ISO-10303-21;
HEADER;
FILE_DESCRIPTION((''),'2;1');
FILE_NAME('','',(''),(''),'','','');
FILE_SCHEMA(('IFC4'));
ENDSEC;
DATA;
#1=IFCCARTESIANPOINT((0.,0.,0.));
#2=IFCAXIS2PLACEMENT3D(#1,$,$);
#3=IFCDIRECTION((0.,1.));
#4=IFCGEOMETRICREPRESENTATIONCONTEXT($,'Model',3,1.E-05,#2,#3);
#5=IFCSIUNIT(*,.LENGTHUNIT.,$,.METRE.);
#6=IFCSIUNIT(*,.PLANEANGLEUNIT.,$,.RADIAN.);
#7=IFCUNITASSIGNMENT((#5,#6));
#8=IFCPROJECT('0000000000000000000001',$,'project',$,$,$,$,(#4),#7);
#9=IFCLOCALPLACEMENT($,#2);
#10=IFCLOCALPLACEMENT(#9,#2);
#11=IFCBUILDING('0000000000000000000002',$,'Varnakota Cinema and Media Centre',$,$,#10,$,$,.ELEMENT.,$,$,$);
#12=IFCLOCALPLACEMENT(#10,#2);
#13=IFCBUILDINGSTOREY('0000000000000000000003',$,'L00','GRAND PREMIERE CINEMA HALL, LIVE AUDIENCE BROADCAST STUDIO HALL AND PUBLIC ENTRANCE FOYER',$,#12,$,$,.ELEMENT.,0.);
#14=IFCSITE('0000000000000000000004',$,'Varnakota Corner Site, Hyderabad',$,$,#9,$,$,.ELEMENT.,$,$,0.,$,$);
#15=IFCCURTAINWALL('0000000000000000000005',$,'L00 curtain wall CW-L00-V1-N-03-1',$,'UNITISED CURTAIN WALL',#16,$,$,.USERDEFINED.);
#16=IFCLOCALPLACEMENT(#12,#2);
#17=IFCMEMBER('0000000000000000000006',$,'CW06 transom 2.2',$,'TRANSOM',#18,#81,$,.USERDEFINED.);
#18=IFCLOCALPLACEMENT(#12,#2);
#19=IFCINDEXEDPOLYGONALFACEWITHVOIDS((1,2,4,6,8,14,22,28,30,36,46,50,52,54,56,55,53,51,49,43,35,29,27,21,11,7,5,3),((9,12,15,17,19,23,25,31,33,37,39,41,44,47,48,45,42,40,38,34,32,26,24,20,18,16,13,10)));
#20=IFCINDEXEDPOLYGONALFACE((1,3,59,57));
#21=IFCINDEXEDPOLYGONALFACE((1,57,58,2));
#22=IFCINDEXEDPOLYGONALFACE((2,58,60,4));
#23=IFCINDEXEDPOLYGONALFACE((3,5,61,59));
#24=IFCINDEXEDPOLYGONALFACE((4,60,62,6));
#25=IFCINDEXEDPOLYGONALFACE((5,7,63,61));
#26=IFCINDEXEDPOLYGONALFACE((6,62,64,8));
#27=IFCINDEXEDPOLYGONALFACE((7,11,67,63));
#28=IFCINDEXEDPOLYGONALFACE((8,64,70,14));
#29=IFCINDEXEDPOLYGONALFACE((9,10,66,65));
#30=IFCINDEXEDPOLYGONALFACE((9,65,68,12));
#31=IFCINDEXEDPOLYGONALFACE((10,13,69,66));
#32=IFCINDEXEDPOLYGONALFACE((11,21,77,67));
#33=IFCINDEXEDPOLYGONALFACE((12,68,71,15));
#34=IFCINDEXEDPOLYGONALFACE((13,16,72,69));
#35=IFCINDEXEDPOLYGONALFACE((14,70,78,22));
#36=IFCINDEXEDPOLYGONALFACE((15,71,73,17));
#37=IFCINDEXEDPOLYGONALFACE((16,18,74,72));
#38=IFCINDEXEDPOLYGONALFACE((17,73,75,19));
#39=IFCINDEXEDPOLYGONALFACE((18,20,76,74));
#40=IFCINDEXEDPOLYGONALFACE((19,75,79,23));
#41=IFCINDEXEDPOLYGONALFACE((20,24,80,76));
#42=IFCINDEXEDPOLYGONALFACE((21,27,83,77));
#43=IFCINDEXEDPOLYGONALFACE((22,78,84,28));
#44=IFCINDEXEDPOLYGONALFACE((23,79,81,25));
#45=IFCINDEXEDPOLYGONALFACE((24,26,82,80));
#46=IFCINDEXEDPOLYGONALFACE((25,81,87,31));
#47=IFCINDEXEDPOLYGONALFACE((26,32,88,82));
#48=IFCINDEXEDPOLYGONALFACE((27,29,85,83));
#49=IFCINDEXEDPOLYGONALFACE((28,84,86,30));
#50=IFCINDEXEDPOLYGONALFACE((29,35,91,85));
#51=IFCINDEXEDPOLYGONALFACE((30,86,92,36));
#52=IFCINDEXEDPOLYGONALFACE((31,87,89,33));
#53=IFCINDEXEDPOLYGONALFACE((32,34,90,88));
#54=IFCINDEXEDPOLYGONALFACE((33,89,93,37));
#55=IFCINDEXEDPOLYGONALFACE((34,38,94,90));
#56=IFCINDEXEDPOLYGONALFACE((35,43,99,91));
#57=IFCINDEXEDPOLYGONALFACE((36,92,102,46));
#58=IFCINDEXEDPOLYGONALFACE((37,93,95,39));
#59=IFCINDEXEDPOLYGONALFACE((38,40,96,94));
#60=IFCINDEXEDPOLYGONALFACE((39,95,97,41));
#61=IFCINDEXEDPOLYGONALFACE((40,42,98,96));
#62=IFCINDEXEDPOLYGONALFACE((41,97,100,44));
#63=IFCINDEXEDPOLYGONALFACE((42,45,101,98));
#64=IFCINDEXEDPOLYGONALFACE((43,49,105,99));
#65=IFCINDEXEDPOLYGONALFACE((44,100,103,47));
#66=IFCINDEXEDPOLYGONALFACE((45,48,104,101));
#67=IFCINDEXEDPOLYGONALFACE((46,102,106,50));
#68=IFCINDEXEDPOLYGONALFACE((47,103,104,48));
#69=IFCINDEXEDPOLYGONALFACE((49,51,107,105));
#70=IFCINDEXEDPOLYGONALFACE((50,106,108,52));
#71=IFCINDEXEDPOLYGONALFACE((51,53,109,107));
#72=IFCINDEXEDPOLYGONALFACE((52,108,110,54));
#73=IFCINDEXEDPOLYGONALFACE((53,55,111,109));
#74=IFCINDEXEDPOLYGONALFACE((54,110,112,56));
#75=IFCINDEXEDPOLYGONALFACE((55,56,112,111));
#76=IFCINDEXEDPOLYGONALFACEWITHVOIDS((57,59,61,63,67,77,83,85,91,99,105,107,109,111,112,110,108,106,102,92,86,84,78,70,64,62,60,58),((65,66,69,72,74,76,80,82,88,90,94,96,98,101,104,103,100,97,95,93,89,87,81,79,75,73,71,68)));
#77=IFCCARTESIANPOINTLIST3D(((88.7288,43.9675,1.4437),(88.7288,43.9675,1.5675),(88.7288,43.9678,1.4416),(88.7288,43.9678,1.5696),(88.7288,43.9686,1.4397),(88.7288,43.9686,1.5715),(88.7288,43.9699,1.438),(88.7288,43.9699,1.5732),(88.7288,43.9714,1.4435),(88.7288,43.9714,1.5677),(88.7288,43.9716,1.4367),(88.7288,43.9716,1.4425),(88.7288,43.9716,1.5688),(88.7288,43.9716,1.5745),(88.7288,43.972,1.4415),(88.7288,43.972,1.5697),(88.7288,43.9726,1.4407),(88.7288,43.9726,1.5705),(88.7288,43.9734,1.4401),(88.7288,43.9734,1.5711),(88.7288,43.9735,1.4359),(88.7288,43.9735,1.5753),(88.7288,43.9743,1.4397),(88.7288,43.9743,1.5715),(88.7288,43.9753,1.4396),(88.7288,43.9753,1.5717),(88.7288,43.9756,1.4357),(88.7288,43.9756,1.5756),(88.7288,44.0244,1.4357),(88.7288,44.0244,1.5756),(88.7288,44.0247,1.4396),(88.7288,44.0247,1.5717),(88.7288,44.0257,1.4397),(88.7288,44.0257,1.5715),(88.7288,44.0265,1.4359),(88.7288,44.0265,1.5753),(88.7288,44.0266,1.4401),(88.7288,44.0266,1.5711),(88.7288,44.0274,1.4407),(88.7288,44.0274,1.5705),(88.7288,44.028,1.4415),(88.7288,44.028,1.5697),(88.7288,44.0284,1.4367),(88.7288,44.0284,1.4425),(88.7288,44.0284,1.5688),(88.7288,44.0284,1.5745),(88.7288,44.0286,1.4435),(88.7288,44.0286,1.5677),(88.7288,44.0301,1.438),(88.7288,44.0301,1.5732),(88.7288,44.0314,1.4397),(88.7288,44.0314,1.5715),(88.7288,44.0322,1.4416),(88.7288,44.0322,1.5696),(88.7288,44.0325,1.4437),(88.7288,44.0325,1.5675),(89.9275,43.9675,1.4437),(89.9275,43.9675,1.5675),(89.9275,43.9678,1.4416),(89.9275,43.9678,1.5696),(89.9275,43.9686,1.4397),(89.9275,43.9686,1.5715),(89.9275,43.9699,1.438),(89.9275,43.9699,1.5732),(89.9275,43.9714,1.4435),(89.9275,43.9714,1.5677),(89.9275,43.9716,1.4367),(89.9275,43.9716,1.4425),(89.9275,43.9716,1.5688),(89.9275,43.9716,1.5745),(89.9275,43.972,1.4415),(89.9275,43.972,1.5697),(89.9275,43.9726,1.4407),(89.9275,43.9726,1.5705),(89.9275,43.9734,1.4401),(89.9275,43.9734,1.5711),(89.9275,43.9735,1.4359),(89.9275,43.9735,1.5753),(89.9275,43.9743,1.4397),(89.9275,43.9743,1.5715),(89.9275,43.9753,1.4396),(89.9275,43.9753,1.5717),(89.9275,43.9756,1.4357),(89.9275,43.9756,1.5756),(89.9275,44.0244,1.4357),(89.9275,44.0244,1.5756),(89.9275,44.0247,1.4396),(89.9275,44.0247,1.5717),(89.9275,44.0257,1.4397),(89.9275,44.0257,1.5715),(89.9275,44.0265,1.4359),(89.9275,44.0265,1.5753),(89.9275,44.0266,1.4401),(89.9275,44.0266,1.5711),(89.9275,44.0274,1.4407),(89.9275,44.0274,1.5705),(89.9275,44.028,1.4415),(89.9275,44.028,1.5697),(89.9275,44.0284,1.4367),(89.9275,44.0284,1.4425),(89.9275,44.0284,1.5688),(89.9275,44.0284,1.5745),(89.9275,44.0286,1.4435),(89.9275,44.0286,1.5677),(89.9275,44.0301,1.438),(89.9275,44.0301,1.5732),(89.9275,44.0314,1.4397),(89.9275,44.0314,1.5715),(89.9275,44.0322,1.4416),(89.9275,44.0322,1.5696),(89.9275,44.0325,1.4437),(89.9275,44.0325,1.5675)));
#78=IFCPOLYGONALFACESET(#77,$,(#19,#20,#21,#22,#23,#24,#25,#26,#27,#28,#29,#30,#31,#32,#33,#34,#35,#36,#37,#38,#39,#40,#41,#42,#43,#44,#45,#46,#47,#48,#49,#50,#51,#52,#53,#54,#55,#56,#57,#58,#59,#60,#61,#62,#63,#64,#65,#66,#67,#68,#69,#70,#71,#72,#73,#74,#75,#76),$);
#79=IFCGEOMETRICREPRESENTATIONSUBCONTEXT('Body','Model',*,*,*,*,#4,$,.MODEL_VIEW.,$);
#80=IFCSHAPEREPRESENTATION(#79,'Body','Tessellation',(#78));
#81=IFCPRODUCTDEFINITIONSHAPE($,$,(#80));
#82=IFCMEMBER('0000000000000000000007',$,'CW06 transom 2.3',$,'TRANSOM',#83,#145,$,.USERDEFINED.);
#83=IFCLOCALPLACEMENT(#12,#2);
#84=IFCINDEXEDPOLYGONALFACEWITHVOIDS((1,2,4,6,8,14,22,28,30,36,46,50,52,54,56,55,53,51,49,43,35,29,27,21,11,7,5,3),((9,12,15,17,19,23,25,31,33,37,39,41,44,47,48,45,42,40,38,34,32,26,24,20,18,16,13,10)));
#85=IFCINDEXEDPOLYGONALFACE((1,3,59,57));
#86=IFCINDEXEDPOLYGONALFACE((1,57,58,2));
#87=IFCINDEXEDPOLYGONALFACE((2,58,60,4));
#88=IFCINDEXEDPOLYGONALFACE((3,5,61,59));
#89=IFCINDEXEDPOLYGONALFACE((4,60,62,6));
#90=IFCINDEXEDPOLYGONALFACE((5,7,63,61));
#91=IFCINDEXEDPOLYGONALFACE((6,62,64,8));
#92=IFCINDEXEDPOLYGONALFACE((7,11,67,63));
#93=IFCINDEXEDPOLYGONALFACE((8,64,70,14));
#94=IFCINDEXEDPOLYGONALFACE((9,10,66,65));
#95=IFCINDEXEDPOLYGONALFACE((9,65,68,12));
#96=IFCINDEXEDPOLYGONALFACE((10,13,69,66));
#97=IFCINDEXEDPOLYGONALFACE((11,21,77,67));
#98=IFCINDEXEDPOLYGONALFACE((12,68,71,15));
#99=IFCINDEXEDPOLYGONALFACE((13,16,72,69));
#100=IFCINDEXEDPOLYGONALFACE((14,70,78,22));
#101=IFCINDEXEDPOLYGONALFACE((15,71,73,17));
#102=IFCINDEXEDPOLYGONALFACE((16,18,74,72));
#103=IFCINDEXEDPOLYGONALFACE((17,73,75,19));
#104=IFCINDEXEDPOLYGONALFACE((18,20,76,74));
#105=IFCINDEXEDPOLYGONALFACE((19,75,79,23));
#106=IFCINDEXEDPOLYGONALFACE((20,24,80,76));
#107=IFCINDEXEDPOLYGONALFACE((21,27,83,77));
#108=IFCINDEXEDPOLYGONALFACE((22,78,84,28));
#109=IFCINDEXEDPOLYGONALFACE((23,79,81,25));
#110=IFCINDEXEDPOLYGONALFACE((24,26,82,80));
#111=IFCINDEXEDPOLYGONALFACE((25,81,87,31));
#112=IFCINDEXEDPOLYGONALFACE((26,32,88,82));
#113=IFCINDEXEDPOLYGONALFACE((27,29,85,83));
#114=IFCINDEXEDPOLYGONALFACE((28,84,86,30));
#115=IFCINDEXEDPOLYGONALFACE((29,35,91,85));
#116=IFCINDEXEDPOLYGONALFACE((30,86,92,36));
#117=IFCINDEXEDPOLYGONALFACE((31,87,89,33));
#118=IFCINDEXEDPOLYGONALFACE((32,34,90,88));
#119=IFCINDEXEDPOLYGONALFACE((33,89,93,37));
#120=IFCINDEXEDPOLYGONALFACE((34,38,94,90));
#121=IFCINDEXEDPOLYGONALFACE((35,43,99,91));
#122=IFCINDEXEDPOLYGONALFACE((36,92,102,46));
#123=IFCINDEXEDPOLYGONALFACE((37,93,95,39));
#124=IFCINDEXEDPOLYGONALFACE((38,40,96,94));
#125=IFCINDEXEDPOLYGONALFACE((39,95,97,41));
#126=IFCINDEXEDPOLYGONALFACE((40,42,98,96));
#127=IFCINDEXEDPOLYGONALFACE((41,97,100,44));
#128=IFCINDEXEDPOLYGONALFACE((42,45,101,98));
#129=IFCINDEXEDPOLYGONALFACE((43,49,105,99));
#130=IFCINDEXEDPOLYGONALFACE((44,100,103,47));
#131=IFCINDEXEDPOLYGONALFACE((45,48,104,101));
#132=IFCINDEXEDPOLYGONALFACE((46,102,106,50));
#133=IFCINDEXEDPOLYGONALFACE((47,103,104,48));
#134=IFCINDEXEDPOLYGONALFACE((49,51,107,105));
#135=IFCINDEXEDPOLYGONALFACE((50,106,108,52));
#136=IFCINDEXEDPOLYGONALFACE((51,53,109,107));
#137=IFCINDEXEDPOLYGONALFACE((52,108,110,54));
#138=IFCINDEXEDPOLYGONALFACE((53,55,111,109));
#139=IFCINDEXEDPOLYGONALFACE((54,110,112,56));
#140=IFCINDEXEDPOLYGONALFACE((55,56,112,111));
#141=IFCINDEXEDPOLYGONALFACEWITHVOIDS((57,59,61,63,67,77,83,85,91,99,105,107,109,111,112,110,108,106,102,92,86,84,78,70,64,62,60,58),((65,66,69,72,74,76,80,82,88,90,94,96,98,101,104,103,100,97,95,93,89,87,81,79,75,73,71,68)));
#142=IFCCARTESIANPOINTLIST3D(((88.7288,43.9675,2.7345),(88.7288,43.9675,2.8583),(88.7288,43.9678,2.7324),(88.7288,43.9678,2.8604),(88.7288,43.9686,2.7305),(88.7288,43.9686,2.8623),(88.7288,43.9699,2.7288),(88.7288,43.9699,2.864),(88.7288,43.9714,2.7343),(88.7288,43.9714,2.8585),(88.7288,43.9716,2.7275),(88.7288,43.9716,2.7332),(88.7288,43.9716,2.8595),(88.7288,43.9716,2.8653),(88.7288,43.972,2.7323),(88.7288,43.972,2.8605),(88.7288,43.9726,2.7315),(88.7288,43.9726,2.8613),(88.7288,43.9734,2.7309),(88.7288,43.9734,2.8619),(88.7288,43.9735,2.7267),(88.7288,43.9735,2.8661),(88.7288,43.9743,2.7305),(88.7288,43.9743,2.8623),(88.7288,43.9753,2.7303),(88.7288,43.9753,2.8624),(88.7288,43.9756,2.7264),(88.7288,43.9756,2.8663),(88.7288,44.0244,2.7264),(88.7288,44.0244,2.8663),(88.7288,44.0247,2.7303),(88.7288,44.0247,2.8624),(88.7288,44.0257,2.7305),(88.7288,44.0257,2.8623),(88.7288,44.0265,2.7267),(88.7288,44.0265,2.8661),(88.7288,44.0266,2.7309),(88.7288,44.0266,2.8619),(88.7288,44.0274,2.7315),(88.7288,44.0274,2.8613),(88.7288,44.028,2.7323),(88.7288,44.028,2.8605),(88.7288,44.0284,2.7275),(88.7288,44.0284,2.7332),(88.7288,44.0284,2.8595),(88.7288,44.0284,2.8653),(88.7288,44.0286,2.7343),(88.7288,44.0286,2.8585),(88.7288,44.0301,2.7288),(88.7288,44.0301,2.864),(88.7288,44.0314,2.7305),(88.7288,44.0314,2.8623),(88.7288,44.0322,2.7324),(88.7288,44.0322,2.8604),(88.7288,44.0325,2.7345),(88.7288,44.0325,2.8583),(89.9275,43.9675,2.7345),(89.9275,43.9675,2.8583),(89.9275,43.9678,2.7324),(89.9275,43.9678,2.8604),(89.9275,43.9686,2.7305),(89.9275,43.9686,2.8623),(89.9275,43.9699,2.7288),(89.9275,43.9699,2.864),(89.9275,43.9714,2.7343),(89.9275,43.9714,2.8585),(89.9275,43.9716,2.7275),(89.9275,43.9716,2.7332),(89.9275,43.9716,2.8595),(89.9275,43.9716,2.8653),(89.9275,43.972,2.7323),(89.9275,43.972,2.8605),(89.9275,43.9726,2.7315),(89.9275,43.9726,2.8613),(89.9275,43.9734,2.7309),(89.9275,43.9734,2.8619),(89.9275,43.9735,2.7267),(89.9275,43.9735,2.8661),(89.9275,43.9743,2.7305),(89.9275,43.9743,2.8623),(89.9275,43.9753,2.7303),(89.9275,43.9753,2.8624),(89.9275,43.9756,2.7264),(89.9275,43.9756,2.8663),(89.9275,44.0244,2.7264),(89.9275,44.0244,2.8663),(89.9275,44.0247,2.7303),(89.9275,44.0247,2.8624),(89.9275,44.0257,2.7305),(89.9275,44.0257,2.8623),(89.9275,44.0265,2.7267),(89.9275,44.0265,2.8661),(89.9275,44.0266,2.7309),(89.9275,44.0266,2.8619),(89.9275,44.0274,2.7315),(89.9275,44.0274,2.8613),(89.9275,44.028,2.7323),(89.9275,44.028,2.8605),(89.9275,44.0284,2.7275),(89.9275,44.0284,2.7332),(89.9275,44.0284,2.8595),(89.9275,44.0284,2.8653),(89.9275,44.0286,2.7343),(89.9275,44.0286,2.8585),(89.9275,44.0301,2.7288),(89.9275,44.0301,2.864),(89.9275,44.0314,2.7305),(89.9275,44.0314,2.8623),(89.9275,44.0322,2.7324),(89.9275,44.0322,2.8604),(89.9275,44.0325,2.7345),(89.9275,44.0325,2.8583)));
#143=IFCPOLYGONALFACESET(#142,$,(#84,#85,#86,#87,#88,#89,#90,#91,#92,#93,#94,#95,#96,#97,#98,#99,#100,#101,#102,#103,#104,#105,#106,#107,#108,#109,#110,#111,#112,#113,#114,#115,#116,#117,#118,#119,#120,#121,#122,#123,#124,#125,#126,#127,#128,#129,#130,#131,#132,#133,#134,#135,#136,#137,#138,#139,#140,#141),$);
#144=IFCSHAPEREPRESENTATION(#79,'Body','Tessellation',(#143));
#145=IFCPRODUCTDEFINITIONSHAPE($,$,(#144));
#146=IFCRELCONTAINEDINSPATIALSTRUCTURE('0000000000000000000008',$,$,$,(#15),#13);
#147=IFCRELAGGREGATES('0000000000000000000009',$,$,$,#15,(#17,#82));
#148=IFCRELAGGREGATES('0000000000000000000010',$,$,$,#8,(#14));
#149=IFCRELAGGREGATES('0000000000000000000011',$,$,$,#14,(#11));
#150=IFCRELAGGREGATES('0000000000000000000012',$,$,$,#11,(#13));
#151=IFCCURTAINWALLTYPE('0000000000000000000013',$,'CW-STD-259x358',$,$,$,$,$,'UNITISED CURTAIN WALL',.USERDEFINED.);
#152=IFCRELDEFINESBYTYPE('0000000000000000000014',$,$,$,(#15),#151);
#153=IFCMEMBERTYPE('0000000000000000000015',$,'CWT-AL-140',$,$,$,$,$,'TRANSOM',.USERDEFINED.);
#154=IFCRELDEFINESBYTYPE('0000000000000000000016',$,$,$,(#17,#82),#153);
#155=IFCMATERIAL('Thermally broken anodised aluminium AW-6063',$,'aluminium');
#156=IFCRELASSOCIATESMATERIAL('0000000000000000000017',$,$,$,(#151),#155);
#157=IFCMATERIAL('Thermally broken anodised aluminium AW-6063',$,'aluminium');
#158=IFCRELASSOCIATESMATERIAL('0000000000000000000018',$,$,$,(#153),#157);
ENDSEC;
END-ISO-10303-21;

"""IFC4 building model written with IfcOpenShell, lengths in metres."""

from ifc_helpers import new_model, si_unit, direction, frame, origin, origin_2d, place, context, subcontext, project, spatial, hollow_rectangle, extrude, material, material_profile, profile_set, type_object, element, aggregate, save


model = new_model("IFC4")

# Units and contexts
model_context = context("Model", 3, precision=1e-05, world=origin(), true_north=direction((0.0, 1.0)))
body_context = subcontext(model_context, "Body", "Model", "MODEL_VIEW")
ifc_project = project(units=[si_unit("LENGTHUNIT", "METRE"), si_unit("PLANEANGLEUNIT", "RADIAN")], contexts=[model_context])

# Site, building, storey
site_placement = place(None, origin())
site = spatial("IfcSite", under=ifc_project, at=site_placement, Name="Varnakota Corner Site, Hyderabad", CompositionType="ELEMENT", RefElevation=0.0)
building_placement = place(site_placement, origin())
building = spatial("IfcBuilding", under=site, at=building_placement, Name="Varnakota Cinema and Media Centre", CompositionType="ELEMENT")
storey_placement = place(building_placement, origin())
storey = spatial("IfcBuildingStorey", under=building, at=storey_placement, Name="L00", Description="GRAND PREMIERE CINEMA HALL, LIVE AUDIENCE BROADCAST STUDIO HALL AND PUBLIC ENTRANCE FOYER", CompositionType="ELEMENT", Elevation=0.0)

# Curtain wall
ifc_material_1 = material(Name="Thermally broken anodised aluminium AW-6063", Category="aluminium")
curtain_wall_type = type_object("IfcCurtainWallType", Name="CW-STD-259x358", ElementType="UNITISED CURTAIN WALL", PredefinedType="USERDEFINED", material=ifc_material_1)
curtain_wall_1_placement = place(storey_placement, origin())
curtain_wall_1 = element("IfcCurtainWall", 1, at=curtain_wall_1_placement, inside=storey, type_object=curtain_wall_type, Name="L00 curtain wall CW-L00-V1-N-03-1", ObjectType="UNITISED CURTAIN WALL", PredefinedType="USERDEFINED")

# Members
ifc_material_2 = material(Name="Thermally broken anodised aluminium AW-6063", Category="aluminium")
ifc_material_profile_1 = material_profile(ifc_material_2, hollow_rectangle(XDim=0.0649, YDim=0.1399, WallThickness=0.0039, InnerFilletRadius=0.0039, OuterFilletRadius=0.0081, at=origin_2d()), Name="AL-TRANSOM 140x65x4")
ifc_profile_set_1 = profile_set([ifc_material_profile_1], Name="Thermally broken anodised aluminium AW-6063")
member_type_1 = type_object("IfcMemberType", Name="CWT-AL-140", ElementType="TRANSOM", PredefinedType="USERDEFINED", material=ifc_profile_set_1)
member_1_placement = place(storey_placement, frame((88.7288, 44.0, 1.5056), z_axis=(1.0, 0.0, 0.0), x_axis=(0.0, 1.0, 0.0)))
member_1 = element("IfcMember", 2, at=member_1_placement, type_object=member_type_1, Name="CW06 transom 2.2", ObjectType="TRANSOM", PredefinedType="USERDEFINED", context=body_context, shape_type="SweptSolid", body=[
    extrude(hollow_rectangle(XDim=0.0649, YDim=0.1399, WallThickness=0.0039, InnerFilletRadius=0.0039, OuterFilletRadius=0.0081, at=origin_2d()), origin(), (0.0, 0.0, 1.0), 1.1987),
])
member_2_placement = place(storey_placement, frame((88.7288, 44.0, 2.7964), z_axis=(1.0, 0.0, 0.0), x_axis=(0.0, 1.0, 0.0)))
member_2 = element("IfcMember", 3, at=member_2_placement, type_object=member_type_1, Name="CW06 transom 2.3", ObjectType="TRANSOM", PredefinedType="USERDEFINED", context=body_context, shape_type="SweptSolid", body=[
    extrude(hollow_rectangle(XDim=0.0649, YDim=0.1399, WallThickness=0.0039, InnerFilletRadius=0.0039, OuterFilletRadius=0.0081, at=origin_2d()), origin(), (0.0, 0.0, 1.0), 1.1987),
])

aggregate(curtain_wall_1, [member_1, member_2])

save(model, "model.ifc")
